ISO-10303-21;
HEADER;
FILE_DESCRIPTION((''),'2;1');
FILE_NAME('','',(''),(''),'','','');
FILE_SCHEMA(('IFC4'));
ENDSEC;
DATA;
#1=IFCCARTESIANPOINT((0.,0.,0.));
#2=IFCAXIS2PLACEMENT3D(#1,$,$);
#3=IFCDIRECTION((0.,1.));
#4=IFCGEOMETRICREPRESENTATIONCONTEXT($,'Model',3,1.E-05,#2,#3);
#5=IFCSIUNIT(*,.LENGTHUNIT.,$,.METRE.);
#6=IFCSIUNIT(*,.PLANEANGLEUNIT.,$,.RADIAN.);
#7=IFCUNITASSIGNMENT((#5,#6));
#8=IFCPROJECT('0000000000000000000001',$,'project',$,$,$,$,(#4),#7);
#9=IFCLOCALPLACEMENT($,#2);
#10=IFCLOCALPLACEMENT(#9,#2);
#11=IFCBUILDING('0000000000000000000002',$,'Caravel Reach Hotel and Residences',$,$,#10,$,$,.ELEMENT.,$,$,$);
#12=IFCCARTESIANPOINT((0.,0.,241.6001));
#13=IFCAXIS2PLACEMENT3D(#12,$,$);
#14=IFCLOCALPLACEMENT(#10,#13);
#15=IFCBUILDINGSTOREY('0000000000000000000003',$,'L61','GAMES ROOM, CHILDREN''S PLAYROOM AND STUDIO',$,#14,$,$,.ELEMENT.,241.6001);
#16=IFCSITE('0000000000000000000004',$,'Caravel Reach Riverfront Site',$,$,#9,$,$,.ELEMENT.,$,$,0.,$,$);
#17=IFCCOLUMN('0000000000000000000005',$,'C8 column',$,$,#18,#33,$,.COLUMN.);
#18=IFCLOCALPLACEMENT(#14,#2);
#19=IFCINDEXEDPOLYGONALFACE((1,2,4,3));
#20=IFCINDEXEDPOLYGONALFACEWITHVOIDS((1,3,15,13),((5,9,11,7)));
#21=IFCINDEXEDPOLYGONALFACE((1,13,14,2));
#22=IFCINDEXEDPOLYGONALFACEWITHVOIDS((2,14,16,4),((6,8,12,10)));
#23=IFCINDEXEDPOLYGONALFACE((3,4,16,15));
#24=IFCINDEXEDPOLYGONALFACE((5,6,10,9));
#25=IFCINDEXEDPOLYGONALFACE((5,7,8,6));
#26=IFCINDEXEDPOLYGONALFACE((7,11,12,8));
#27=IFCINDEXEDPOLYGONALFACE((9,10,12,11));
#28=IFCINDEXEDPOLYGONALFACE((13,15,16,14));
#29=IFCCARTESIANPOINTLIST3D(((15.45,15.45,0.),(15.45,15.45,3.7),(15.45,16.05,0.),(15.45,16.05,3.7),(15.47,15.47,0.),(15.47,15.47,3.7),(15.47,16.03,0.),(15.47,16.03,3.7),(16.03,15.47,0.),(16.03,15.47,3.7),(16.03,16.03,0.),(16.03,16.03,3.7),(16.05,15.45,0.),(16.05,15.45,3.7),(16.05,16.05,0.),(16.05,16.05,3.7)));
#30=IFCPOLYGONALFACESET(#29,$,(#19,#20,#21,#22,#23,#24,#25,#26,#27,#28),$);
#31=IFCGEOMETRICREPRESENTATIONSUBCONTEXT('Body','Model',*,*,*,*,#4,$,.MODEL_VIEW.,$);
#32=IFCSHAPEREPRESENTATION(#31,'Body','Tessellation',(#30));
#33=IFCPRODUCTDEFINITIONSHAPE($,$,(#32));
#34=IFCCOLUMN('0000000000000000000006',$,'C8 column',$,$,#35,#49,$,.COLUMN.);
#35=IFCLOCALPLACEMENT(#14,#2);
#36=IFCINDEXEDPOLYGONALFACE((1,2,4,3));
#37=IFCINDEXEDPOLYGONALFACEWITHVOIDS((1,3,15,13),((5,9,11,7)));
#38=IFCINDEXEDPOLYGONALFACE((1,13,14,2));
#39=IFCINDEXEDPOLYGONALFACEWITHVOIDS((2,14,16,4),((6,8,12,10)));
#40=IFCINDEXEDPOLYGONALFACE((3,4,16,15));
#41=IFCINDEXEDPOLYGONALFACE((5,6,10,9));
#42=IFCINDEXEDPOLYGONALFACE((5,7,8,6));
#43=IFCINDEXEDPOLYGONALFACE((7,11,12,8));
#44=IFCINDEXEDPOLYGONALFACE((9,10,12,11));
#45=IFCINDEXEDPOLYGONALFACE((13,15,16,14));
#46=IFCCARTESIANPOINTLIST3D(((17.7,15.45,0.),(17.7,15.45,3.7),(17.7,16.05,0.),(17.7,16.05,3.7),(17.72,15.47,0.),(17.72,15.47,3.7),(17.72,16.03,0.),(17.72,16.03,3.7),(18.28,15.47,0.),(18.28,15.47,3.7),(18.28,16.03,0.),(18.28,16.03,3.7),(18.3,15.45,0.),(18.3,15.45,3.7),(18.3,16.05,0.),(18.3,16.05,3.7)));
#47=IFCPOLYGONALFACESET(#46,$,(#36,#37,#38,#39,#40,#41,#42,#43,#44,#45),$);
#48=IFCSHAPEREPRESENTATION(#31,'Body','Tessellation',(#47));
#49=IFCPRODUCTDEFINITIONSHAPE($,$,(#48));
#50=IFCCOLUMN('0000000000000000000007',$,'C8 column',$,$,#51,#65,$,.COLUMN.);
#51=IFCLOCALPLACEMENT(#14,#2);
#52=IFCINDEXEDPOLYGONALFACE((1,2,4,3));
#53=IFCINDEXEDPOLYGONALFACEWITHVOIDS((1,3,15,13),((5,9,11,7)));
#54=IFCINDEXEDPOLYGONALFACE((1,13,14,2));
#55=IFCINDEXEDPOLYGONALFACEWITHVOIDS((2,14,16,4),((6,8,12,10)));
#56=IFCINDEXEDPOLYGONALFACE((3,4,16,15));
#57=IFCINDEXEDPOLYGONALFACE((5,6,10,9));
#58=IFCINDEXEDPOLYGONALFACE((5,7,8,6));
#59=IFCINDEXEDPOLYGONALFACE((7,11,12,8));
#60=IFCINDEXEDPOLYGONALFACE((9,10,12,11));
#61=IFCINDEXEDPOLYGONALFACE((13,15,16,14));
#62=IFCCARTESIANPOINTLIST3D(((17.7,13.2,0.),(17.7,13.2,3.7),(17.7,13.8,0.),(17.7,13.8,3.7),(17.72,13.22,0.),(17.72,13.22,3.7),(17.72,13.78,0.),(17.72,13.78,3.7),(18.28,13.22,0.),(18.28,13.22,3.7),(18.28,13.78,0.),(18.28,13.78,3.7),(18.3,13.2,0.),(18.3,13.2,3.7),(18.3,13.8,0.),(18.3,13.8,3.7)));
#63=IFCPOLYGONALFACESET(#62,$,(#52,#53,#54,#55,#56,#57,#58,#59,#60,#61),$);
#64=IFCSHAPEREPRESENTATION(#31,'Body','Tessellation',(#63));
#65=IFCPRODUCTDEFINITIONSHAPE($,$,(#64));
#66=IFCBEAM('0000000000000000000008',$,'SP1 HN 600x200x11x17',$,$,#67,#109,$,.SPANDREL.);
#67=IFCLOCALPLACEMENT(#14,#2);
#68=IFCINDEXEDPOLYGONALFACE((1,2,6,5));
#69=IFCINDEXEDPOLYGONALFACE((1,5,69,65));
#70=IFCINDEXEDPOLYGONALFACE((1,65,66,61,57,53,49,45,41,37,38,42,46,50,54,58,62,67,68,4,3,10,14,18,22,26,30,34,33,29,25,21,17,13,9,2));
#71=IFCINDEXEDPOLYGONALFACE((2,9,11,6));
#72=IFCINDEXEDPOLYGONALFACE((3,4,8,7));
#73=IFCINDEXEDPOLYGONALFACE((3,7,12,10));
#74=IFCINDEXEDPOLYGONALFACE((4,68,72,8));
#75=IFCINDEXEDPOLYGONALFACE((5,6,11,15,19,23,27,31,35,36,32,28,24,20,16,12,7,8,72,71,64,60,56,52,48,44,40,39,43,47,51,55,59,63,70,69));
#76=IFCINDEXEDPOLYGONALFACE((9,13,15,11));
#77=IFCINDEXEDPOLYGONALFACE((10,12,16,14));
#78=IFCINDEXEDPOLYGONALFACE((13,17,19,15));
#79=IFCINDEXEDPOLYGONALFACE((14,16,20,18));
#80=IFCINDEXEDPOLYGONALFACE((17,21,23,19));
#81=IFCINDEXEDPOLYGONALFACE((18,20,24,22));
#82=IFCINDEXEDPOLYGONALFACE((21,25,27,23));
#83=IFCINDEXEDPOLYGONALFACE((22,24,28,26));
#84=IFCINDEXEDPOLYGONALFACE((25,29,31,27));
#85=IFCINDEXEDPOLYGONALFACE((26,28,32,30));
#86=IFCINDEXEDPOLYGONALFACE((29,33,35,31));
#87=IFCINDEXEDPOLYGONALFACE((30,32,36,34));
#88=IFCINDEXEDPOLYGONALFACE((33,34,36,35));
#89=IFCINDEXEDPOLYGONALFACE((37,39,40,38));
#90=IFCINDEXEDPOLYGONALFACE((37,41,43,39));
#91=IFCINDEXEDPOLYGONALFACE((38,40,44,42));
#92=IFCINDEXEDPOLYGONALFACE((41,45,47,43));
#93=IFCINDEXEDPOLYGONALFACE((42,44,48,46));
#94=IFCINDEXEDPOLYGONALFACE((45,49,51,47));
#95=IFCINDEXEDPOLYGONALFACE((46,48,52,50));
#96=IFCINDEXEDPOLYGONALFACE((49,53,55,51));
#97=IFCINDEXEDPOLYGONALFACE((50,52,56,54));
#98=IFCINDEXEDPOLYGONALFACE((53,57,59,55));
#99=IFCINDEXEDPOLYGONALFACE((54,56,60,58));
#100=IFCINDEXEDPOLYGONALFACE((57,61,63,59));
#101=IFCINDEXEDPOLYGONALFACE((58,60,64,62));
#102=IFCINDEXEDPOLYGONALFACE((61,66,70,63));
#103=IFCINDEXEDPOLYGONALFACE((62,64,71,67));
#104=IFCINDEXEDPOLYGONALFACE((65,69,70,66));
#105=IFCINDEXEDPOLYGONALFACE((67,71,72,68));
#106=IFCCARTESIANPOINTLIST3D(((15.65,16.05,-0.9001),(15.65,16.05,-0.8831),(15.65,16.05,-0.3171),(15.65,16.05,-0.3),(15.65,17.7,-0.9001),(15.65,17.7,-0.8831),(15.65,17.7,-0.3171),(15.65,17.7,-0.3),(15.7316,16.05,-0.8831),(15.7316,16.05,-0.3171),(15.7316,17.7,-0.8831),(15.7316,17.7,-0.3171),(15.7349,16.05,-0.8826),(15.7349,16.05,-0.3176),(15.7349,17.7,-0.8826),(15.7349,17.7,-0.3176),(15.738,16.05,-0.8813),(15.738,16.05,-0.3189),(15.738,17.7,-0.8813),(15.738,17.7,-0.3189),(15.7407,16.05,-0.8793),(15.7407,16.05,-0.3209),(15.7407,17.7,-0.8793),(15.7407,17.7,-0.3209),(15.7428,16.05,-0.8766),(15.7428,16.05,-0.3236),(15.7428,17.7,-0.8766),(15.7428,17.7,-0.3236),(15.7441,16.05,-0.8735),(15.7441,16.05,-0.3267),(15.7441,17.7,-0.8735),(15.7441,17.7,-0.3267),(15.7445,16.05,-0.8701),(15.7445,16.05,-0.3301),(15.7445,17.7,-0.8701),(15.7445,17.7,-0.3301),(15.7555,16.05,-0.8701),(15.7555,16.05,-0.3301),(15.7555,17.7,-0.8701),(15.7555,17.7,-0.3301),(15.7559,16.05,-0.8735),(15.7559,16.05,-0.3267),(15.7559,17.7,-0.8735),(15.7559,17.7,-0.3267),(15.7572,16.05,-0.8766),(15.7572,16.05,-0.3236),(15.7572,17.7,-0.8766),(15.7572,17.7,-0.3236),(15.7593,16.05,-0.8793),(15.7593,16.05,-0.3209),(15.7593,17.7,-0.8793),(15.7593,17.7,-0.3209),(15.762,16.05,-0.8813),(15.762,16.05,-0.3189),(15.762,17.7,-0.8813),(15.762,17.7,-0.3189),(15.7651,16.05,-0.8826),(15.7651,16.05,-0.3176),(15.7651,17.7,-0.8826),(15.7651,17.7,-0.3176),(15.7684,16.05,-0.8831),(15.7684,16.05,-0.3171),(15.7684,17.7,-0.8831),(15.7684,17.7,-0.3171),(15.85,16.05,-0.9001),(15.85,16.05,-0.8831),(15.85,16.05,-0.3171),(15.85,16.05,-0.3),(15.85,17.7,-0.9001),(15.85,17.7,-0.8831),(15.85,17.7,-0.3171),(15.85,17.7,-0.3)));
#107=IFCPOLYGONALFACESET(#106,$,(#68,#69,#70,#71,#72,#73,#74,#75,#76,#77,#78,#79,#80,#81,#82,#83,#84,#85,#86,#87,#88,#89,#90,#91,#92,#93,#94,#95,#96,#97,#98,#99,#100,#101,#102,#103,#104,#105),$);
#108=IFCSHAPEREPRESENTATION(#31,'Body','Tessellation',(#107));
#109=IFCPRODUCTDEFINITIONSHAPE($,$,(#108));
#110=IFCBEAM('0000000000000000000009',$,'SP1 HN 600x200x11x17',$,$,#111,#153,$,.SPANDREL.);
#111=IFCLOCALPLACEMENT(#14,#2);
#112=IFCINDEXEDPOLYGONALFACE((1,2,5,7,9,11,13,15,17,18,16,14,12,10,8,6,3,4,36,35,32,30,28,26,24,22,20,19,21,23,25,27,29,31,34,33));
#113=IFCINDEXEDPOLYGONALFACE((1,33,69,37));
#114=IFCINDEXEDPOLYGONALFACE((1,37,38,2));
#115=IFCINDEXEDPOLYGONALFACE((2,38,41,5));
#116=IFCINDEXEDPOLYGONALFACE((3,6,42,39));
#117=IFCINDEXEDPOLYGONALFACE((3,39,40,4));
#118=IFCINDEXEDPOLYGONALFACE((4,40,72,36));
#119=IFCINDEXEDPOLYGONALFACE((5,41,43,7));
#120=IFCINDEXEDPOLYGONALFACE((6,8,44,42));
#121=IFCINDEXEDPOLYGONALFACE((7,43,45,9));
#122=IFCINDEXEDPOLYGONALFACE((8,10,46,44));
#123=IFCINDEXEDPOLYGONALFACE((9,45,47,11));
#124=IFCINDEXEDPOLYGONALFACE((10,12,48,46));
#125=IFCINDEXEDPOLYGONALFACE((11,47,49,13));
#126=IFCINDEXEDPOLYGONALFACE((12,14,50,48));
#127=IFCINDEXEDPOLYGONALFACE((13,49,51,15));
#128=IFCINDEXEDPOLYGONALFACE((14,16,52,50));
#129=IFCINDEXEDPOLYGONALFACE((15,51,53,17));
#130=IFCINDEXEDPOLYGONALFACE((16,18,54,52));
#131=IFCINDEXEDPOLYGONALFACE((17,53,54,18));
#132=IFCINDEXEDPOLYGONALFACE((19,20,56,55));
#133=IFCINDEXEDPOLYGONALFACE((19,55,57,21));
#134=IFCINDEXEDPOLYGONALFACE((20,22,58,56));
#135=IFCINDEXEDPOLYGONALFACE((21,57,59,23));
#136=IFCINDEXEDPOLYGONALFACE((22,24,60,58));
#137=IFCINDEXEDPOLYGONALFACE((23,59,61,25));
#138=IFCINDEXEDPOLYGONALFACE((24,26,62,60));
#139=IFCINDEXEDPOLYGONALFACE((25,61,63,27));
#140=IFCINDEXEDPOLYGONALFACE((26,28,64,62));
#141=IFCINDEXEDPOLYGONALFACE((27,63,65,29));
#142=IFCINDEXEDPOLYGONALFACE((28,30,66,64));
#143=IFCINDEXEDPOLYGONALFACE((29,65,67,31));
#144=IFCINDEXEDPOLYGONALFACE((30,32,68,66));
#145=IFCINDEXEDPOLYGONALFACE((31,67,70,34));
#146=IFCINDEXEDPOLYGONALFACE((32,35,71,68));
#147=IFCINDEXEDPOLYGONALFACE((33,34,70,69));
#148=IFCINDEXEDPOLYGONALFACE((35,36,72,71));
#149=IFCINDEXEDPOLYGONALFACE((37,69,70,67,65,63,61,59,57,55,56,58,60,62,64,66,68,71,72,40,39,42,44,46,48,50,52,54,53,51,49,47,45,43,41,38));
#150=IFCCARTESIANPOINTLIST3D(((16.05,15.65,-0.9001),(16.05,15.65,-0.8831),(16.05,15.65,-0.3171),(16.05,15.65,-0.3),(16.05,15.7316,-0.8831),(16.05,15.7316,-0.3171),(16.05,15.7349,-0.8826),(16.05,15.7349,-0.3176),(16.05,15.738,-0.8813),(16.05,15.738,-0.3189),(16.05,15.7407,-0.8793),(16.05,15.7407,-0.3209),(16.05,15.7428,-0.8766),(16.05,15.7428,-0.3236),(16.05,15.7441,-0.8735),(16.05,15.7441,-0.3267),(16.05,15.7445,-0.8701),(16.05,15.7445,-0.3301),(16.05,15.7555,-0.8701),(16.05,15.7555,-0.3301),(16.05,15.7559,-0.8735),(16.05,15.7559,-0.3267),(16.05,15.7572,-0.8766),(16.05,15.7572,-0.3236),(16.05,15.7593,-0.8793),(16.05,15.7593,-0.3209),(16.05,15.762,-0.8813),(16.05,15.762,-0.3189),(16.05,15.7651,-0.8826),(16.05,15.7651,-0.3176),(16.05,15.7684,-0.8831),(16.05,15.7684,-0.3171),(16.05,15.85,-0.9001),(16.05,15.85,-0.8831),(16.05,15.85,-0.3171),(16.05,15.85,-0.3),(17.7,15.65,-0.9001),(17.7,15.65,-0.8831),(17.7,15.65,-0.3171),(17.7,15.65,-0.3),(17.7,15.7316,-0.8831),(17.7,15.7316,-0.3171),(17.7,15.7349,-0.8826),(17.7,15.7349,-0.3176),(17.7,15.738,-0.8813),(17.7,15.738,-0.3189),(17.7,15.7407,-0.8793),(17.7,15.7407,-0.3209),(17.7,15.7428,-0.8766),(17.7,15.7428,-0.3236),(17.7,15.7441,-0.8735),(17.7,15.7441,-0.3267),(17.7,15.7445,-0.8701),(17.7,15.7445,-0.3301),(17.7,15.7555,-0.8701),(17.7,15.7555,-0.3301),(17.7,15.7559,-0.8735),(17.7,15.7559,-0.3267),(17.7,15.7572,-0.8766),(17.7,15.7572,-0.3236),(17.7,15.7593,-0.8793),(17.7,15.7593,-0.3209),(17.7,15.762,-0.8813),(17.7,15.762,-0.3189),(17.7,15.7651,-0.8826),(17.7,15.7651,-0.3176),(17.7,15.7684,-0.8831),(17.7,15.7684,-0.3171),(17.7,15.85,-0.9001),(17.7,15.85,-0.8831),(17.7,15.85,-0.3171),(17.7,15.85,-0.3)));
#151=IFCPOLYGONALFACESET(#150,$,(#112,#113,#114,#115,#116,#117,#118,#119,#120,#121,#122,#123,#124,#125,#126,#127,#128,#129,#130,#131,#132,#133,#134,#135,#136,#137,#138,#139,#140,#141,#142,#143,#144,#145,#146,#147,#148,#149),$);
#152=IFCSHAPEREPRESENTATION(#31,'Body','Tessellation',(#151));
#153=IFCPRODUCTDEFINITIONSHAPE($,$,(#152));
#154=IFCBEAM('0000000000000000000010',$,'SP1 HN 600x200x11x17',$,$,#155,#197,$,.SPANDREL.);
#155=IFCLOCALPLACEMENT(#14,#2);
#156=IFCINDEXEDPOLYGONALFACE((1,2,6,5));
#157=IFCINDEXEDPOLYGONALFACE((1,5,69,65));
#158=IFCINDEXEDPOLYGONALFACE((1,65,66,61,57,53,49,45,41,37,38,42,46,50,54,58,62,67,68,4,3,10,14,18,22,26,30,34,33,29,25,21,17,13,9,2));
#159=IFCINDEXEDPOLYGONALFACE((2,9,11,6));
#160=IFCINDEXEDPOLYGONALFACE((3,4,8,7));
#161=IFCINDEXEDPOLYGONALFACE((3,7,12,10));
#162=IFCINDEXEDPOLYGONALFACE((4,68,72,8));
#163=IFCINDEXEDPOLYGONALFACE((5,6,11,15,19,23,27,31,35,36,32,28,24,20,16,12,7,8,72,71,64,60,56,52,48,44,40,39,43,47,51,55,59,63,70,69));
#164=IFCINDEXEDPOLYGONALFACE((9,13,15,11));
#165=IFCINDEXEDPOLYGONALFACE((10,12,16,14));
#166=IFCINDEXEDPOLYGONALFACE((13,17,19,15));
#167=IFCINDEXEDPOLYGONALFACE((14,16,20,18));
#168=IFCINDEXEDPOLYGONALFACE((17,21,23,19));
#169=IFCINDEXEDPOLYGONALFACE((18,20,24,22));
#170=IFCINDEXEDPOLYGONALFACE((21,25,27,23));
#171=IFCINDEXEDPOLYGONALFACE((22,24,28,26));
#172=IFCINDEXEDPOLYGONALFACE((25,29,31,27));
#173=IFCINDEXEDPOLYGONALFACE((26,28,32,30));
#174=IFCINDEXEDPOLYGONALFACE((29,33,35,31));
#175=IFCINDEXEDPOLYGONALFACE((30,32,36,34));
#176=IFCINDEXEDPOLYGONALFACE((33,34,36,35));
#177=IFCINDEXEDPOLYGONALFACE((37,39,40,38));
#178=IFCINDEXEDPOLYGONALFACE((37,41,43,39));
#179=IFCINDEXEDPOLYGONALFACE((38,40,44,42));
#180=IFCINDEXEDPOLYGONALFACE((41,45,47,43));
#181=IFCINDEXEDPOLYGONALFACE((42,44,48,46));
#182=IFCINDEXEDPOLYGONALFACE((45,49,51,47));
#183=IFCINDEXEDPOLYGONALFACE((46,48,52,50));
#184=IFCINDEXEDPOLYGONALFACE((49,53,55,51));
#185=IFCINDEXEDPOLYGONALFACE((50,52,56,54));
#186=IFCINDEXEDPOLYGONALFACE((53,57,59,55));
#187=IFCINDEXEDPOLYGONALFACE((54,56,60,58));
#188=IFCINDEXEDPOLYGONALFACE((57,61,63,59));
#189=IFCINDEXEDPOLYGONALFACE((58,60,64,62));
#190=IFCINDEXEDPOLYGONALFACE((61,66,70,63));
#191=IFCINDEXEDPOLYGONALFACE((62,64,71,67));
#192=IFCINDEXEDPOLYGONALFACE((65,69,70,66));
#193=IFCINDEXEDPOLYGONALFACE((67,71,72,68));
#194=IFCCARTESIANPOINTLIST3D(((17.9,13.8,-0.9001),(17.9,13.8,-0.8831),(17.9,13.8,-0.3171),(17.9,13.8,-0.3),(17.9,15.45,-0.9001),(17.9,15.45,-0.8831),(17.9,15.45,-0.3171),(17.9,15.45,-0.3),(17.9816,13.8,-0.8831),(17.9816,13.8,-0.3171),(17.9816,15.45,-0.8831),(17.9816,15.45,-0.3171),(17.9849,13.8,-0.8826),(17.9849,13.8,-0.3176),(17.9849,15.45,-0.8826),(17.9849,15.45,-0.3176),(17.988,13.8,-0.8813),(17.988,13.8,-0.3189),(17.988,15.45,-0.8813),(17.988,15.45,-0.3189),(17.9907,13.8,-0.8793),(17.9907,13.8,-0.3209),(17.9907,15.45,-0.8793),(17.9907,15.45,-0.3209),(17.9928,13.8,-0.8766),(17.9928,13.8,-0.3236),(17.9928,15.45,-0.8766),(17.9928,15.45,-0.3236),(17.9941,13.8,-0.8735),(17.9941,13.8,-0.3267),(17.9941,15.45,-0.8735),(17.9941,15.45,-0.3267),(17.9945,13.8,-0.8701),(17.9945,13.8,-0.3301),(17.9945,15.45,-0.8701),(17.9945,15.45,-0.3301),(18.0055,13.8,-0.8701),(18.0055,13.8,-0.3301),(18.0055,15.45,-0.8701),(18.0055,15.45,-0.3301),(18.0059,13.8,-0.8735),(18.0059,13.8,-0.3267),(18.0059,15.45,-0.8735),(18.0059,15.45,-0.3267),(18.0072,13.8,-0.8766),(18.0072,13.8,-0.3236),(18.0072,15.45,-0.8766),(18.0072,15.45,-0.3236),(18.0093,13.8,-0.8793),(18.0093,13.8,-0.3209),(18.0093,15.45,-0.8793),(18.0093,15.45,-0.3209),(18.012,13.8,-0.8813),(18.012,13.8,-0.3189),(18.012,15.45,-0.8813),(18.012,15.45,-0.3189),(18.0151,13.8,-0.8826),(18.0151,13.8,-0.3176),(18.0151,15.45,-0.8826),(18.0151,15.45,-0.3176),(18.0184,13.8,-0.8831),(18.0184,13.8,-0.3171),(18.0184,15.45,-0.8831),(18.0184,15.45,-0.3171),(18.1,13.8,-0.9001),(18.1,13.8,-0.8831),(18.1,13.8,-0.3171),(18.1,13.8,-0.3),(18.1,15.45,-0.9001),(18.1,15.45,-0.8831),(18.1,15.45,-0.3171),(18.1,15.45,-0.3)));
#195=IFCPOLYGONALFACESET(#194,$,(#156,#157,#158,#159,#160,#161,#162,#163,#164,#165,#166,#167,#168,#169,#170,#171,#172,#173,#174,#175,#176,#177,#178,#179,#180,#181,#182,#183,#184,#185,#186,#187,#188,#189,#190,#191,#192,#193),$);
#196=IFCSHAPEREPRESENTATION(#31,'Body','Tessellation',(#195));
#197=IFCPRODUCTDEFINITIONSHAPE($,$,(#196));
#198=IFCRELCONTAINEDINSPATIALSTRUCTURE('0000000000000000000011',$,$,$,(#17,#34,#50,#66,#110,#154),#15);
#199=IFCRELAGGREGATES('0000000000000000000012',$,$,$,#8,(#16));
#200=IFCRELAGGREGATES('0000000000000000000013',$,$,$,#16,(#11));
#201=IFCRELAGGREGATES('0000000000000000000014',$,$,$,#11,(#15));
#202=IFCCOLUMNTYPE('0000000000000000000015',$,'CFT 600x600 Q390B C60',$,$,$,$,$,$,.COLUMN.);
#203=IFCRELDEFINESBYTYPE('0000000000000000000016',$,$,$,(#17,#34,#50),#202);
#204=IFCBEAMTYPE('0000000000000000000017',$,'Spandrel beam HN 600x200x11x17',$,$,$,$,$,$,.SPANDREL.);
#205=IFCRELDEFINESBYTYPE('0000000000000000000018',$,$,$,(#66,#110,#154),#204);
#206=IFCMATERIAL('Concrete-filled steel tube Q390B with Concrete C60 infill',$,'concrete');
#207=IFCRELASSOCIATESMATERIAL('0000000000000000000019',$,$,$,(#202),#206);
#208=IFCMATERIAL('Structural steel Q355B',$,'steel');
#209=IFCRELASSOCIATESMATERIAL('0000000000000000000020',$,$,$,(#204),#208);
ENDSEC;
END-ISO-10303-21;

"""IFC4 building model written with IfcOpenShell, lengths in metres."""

from ifc_helpers import new_model, si_unit, direction, frame, origin, origin_2d, place, context, subcontext, project, spatial, hollow_rectangle, i_section, extrude, material, material_profile, profile_set, type_object, element, save


model = new_model("IFC4")

# Units and contexts
model_context = context("Model", 3, precision=1e-05, world=origin(), true_north=direction((0.0, 1.0)))
body_context = subcontext(model_context, "Body", "Model", "MODEL_VIEW")
ifc_project = project(units=[si_unit("LENGTHUNIT", "METRE"), si_unit("PLANEANGLEUNIT", "RADIAN")], contexts=[model_context])

# Site, building, storey
site_placement = place(None, origin())
site = spatial("IfcSite", under=ifc_project, at=site_placement, Name="Caravel Reach Riverfront Site", CompositionType="ELEMENT", RefElevation=0.0)
building_placement = place(site_placement, origin())
building = spatial("IfcBuilding", under=site, at=building_placement, Name="Caravel Reach Hotel and Residences", CompositionType="ELEMENT")
storey_placement = place(building_placement, frame((0.0, 0.0, 241.6001)))
storey = spatial("IfcBuildingStorey", under=building, at=storey_placement, Name="L61", Description="GAMES ROOM, CHILDREN'S PLAYROOM AND STUDIO", CompositionType="ELEMENT", Elevation=241.6001)

# Columns
ifc_material_1 = material(Name="Concrete-filled steel tube Q390B with Concrete C60 infill", Category="concrete")
ifc_material_profile_1 = material_profile(ifc_material_1, hollow_rectangle(XDim=0.6001, YDim=0.6001, WallThickness=0.02, at=origin_2d()), Name="RHS 600x600x20")
ifc_profile_set_1 = profile_set([ifc_material_profile_1], Name="Concrete-filled steel tube Q390B with Concrete C60 infill")
column_type = type_object("IfcColumnType", Name="CFT 600x600 Q390B C60", PredefinedType="COLUMN", material=ifc_profile_set_1)
for number, where, z_axis, x_axis, name in (
    (1, (15.75, 15.75, 0.0), (0.0, 0.0, 1.0), (1.0, 0.0, 0.0), "C8 column"),
    (2, (18.0, 15.75, 0.0), (0.0, 0.0, 1.0), (1.0, 0.0, 0.0), "C8 column"),
    (3, (18.0, 13.5, 0.0), (0.0, 0.0, 1.0), (1.0, 0.0, 0.0), "C8 column"),
):
    element("IfcColumn", number, at=place(storey_placement, frame(where, z_axis=z_axis, x_axis=x_axis)), inside=storey, type_object=column_type, Name=name, PredefinedType="COLUMN", context=body_context, shape_type="SweptSolid", body=[
        extrude(hollow_rectangle(XDim=0.6001, YDim=0.6001, WallThickness=0.02, at=origin_2d()), origin(), (0.0, 0.0, 1.0), 3.7),
    ])

# Beams
ifc_material_2 = material(Name="Structural steel Q355B", Category="steel")
ifc_material_profile_2 = material_profile(ifc_material_2, i_section(OverallWidth=0.2, OverallDepth=0.6001, WebThickness=0.011, FlangeThickness=0.0171, FilletRadius=0.0129, at=origin_2d()), Name="HN 600x200x11x17")
ifc_profile_set_2 = profile_set([ifc_material_profile_2], Name="Structural steel Q355B")
beam_type = type_object("IfcBeamType", Name="Spandrel beam HN 600x200x11x17", PredefinedType="SPANDREL", material=ifc_profile_set_2)
for number, where, z_axis, x_axis, name in (
    (4, (15.75, 17.7, -0.6001), (0.0, -1.0, 0.0), (1.0, 0.0, 0.0), "SP1 HN 600x200x11x17"),
    (5, (16.05, 15.75, -0.6001), (1.0, 0.0, 0.0), (0.0, 1.0, 0.0), "SP1 HN 600x200x11x17"),
    (6, (18.0, 15.45, -0.6001), (0.0, -1.0, 0.0), (1.0, 0.0, 0.0), "SP1 HN 600x200x11x17"),
):
    element("IfcBeam", number, at=place(storey_placement, frame(where, z_axis=z_axis, x_axis=x_axis)), inside=storey, type_object=beam_type, Name=name, PredefinedType="SPANDREL", context=body_context, shape_type="SweptSolid", body=[
        extrude(i_section(OverallWidth=0.2, OverallDepth=0.6001, WebThickness=0.011, FlangeThickness=0.0171, FilletRadius=0.0129, at=origin_2d()), origin(), (0.0, 0.0, 1.0), 1.6499),
    ])

save(model, "model.ifc")
